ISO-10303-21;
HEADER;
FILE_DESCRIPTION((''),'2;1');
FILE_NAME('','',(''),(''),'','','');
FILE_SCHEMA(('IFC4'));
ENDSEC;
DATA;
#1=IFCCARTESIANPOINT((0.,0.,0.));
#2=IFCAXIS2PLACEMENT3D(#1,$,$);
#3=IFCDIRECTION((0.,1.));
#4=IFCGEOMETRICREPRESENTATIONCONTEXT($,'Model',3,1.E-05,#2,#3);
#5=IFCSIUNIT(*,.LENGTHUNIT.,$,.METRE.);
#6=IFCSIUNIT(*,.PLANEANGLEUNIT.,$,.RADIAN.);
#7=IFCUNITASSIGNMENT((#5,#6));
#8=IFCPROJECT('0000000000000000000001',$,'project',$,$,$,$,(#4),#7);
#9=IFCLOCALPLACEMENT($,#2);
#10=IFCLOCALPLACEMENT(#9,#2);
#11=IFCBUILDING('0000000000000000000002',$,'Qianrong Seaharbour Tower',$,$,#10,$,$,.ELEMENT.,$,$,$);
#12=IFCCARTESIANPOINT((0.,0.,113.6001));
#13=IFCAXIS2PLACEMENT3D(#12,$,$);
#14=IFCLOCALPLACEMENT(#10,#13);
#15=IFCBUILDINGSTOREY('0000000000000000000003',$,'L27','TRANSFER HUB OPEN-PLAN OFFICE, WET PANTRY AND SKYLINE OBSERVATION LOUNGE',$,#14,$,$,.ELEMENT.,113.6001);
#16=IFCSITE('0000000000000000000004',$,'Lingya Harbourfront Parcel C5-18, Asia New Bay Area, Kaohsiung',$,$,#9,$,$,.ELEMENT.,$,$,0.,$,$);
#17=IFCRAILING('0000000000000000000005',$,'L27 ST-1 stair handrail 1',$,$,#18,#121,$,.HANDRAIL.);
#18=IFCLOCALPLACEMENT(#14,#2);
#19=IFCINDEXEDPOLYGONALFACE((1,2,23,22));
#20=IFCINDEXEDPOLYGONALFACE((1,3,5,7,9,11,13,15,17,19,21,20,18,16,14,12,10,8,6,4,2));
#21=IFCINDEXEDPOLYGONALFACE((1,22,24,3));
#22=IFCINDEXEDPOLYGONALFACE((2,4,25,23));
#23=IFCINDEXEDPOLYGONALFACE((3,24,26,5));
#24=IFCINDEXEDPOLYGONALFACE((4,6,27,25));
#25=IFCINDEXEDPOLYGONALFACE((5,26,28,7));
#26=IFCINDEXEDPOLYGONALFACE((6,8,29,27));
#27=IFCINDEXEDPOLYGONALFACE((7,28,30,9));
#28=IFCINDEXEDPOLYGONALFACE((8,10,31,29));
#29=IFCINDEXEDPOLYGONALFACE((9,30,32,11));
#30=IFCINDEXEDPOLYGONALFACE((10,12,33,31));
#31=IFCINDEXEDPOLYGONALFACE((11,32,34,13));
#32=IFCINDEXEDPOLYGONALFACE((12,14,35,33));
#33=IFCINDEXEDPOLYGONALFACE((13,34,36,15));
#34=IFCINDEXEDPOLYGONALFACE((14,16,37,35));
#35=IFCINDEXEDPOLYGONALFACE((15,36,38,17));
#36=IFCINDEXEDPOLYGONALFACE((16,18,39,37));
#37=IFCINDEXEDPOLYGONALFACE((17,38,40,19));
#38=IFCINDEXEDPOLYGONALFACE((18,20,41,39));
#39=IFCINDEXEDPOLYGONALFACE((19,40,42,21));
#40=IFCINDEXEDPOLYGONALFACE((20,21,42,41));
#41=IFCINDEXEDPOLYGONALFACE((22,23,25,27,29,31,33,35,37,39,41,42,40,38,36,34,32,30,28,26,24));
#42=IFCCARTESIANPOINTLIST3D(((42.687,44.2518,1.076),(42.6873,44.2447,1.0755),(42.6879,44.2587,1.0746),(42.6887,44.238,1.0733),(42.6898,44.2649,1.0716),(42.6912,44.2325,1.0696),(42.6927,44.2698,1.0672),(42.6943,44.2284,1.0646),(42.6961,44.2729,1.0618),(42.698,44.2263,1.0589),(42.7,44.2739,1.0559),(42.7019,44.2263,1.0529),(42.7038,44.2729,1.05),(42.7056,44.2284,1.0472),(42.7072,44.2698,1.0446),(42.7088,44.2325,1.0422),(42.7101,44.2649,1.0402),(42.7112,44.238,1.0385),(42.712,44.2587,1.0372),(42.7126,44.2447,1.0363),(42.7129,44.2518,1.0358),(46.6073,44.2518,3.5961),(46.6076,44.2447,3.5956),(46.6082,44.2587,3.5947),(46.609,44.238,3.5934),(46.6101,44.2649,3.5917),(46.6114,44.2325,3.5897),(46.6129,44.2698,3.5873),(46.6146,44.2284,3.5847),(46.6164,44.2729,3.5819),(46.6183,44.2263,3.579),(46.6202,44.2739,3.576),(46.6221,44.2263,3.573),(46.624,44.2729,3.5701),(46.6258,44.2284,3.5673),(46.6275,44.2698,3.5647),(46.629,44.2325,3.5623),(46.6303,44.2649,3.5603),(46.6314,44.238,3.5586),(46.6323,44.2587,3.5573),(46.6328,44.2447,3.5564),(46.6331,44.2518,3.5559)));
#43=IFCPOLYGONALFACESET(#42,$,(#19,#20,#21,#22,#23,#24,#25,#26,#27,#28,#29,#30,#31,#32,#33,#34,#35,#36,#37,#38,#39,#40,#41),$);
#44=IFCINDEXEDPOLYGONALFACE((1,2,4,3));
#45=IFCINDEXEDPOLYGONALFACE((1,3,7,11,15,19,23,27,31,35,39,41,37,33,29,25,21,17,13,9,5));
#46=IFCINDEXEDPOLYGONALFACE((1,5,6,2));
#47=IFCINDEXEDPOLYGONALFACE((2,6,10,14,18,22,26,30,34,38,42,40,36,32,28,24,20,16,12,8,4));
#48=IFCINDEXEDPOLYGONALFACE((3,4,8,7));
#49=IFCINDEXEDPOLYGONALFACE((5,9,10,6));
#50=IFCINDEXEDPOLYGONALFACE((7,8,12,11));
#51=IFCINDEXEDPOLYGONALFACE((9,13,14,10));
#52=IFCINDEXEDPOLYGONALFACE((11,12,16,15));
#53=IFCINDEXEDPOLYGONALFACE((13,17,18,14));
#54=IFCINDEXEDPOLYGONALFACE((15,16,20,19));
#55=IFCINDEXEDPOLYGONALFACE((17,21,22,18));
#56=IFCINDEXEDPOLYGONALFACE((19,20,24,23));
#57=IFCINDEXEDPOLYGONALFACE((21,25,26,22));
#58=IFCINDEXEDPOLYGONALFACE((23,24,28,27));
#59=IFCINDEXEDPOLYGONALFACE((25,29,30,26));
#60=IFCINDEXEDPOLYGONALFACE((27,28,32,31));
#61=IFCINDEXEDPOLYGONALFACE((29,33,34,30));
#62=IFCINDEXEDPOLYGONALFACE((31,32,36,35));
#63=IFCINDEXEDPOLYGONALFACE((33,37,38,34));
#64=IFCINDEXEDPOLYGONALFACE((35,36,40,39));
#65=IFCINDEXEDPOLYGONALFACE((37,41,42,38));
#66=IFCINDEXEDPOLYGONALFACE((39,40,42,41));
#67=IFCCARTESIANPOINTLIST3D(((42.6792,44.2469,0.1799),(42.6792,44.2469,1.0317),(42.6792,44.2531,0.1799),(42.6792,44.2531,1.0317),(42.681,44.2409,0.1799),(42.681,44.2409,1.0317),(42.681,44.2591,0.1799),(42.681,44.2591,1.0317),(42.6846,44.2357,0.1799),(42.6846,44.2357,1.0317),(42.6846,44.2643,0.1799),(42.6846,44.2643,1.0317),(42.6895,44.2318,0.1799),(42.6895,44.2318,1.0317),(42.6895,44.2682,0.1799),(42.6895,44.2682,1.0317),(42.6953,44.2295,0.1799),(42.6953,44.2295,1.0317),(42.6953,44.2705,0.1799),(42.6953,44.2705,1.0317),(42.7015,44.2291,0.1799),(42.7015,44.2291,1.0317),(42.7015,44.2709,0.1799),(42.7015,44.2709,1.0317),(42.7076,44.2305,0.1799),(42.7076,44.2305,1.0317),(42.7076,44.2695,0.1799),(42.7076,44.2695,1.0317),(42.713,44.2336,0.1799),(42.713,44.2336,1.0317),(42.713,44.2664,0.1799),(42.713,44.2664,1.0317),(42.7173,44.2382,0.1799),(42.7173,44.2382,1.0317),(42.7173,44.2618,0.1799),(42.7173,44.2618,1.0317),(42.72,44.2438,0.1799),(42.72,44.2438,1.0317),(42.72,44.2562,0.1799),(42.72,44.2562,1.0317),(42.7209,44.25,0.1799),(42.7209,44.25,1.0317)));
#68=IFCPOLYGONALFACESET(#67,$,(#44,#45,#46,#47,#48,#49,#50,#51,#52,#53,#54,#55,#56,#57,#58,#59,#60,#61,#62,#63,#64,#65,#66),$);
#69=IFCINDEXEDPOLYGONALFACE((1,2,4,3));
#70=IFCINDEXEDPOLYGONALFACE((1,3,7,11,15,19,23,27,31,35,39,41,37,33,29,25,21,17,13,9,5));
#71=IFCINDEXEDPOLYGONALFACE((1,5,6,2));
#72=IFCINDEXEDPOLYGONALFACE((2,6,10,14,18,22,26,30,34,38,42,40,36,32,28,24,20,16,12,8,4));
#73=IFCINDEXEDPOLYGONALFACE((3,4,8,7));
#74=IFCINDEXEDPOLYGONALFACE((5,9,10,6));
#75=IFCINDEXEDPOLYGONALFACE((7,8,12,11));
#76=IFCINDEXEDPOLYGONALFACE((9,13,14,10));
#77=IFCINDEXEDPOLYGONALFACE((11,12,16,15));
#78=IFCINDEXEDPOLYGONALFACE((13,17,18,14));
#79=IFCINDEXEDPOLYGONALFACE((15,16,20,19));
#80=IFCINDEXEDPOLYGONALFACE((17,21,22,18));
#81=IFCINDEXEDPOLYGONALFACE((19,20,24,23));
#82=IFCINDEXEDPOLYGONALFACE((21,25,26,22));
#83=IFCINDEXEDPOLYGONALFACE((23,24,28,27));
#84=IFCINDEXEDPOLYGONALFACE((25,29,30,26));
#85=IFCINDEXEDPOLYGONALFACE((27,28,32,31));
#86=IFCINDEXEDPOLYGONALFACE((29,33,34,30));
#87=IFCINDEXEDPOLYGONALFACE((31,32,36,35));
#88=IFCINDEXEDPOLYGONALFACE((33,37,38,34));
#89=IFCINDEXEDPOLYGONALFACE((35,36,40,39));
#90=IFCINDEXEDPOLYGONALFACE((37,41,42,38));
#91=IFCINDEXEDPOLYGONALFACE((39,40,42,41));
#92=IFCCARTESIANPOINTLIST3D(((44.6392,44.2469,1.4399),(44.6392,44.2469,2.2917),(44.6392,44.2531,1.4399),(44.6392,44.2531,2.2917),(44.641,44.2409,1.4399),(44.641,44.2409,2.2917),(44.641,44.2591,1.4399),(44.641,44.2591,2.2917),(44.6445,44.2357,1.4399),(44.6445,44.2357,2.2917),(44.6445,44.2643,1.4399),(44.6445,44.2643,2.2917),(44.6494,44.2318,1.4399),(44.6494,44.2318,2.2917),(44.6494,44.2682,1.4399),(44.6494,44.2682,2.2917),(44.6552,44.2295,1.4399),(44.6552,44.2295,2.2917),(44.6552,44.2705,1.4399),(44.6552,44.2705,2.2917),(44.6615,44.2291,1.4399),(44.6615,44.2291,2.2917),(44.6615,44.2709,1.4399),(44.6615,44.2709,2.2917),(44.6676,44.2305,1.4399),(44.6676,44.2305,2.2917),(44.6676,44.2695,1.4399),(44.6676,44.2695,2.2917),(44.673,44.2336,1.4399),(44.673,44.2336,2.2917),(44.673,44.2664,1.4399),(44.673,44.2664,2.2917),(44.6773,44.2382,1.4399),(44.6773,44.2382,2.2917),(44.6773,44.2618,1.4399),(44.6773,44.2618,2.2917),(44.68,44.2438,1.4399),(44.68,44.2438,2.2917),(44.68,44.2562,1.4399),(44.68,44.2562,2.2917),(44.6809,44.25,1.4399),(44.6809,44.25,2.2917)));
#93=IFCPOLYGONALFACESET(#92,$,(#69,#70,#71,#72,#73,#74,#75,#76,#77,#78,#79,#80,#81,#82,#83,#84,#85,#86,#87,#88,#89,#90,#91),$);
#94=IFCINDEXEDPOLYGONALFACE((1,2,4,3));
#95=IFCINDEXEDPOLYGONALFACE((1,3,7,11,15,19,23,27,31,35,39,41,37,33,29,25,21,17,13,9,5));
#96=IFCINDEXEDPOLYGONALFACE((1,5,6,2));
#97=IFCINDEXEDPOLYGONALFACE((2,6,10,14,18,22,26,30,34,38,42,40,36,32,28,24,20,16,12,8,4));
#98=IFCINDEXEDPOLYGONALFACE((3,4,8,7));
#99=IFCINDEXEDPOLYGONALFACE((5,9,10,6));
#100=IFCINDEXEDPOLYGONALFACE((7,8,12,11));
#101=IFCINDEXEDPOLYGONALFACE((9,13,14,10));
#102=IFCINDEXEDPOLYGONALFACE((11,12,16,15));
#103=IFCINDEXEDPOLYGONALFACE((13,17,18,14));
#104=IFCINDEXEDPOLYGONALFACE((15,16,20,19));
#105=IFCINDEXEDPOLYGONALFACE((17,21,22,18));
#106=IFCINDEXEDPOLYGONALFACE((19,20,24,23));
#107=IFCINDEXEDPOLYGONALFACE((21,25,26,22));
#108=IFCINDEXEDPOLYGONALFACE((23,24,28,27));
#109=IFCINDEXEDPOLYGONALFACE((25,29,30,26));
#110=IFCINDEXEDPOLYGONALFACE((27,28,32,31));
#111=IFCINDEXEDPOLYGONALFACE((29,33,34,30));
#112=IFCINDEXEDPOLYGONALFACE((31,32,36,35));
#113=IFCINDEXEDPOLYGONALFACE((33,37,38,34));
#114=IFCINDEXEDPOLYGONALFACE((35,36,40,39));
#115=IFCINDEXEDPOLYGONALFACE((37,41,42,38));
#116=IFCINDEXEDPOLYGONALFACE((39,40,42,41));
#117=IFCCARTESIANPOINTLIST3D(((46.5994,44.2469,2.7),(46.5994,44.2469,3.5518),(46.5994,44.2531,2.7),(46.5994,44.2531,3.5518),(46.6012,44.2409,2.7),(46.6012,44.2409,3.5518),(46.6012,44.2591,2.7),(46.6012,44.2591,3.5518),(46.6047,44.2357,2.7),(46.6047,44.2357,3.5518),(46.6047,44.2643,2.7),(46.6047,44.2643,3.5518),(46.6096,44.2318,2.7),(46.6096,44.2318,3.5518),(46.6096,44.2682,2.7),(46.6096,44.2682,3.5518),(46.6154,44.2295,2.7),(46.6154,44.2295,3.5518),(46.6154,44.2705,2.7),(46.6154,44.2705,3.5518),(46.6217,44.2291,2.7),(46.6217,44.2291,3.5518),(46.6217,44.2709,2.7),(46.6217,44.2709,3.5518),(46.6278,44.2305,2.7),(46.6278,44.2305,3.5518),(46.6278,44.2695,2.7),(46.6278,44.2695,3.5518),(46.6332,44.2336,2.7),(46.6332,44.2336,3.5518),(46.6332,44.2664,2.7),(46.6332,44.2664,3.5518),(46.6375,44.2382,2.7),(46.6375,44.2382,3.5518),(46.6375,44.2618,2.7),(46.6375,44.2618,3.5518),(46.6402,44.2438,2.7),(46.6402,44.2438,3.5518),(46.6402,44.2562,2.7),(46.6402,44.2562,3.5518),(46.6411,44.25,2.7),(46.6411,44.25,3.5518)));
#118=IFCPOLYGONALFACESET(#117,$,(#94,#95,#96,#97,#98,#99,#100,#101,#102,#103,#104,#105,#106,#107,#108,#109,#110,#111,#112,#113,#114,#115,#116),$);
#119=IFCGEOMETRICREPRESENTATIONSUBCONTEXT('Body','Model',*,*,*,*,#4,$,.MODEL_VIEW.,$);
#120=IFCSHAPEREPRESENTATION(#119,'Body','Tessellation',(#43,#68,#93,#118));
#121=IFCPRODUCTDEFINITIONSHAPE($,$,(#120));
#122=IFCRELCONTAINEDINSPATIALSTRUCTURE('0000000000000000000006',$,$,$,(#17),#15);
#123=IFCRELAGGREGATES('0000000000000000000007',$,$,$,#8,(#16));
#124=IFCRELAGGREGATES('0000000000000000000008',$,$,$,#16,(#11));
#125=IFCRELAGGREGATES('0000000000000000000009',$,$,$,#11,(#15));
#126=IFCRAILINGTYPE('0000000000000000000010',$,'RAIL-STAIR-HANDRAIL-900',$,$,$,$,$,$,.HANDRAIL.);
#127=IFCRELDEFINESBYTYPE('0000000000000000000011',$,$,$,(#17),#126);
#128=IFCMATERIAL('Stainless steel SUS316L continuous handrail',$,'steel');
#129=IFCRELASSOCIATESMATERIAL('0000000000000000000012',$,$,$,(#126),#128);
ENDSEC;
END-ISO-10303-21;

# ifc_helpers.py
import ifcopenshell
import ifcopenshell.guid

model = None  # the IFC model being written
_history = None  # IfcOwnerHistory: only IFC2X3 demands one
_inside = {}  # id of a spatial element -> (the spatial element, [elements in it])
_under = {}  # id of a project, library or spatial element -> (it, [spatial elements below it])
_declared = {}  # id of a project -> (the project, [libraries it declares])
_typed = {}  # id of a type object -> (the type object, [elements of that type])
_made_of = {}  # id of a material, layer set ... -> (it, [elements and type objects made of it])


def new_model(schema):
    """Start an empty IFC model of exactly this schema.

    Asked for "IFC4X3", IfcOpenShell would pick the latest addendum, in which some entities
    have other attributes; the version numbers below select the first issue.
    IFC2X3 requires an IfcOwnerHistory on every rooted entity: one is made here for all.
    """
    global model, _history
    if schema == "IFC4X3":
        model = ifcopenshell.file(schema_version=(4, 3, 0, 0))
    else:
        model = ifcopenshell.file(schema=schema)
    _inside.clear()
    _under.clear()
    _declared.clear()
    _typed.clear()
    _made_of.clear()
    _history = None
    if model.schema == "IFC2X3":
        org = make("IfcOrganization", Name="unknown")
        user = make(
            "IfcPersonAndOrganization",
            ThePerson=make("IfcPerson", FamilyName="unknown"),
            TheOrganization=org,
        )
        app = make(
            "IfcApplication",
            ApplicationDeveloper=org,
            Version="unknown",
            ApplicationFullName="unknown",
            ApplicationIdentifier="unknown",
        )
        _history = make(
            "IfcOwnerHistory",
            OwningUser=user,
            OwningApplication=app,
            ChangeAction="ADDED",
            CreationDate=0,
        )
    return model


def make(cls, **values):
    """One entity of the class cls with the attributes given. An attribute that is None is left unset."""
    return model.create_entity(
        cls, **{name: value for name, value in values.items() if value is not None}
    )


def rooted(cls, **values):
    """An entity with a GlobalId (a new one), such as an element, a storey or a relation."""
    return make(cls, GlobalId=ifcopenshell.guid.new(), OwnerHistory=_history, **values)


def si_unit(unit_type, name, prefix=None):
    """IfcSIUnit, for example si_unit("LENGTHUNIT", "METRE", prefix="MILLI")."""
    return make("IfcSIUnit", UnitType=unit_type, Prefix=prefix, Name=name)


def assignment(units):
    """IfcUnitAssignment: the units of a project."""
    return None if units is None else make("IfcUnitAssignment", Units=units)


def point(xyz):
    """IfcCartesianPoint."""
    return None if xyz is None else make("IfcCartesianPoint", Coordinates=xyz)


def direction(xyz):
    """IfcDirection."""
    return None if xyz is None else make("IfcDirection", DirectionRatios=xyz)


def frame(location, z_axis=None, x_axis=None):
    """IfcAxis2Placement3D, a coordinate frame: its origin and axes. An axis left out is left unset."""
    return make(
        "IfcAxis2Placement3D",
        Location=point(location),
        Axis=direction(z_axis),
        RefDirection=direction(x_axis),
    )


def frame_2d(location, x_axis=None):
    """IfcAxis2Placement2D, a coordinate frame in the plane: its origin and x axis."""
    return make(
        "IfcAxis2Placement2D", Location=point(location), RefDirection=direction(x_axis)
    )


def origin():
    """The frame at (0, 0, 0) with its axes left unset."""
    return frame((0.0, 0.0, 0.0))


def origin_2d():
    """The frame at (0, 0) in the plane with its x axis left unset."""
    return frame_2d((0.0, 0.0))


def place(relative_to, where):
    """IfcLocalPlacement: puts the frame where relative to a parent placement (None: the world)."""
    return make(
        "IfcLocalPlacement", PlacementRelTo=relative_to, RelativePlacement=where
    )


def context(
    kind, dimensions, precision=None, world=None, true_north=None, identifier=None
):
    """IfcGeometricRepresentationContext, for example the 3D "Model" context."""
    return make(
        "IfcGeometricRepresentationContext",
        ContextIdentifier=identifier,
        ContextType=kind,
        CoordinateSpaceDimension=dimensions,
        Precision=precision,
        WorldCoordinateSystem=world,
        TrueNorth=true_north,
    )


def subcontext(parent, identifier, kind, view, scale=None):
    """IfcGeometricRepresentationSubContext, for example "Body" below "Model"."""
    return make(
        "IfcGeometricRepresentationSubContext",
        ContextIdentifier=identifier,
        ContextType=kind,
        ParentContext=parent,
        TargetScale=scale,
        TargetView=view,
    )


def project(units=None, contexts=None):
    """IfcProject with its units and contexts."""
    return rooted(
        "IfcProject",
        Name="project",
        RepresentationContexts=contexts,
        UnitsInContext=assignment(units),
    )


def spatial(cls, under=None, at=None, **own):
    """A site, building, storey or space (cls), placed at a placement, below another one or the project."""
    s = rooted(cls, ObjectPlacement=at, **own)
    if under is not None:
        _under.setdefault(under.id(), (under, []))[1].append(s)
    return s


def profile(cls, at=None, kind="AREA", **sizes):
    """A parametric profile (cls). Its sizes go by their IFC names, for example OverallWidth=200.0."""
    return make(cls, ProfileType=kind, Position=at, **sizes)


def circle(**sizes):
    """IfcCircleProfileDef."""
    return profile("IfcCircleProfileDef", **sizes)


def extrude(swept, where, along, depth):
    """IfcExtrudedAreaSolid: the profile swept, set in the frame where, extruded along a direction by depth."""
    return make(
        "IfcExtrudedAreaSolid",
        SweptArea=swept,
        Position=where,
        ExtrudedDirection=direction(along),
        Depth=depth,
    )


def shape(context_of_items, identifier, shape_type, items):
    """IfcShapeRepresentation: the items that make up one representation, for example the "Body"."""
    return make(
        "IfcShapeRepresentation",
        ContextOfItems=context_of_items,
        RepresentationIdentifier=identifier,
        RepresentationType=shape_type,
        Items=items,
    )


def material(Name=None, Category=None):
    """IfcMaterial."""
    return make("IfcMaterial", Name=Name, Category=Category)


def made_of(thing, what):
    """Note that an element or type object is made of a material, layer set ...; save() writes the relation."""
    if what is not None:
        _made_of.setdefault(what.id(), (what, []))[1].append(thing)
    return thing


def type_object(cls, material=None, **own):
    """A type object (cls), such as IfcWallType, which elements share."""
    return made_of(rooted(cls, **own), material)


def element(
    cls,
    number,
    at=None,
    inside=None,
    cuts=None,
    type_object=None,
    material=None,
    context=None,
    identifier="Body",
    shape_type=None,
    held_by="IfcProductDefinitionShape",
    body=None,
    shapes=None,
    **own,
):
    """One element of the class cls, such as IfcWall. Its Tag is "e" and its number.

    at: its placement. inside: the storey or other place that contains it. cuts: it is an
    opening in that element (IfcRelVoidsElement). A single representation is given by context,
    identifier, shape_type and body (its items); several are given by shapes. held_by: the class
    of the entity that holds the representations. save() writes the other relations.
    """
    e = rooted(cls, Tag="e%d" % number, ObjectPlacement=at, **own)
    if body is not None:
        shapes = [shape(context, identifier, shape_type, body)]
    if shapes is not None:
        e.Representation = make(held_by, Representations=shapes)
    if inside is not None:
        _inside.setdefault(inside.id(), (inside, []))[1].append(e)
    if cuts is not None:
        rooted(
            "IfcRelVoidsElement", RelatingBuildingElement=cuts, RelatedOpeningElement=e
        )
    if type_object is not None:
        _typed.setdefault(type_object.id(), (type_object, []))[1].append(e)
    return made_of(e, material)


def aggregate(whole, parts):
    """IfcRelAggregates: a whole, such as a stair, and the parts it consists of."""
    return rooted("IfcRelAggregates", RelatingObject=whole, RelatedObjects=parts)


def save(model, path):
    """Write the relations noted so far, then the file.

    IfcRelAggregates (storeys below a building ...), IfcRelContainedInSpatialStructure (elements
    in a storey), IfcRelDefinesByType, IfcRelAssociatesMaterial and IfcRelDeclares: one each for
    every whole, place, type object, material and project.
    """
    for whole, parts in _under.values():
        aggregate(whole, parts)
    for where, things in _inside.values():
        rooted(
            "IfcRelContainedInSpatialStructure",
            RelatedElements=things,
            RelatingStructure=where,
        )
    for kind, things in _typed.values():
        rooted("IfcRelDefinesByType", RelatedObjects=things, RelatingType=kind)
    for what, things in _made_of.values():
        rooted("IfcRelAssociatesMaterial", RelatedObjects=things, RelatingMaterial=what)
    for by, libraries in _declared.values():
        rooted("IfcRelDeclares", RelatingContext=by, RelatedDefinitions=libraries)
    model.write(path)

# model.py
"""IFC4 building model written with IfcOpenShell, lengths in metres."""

from ifc_helpers import new_model, si_unit, direction, frame, origin, origin_2d, place, context, subcontext, project, spatial, circle, extrude, material, type_object, element, save


model = new_model("IFC4")

# Units and contexts
model_context = context("Model", 3, precision=1e-05, world=origin(), true_north=direction((0.0, 1.0)))
body_context = subcontext(model_context, "Body", "Model", "MODEL_VIEW")
ifc_project = project(units=[si_unit("LENGTHUNIT", "METRE"), si_unit("PLANEANGLEUNIT", "RADIAN")], contexts=[model_context])

# Site, building, storey
site_placement = place(None, origin())
site = spatial("IfcSite", under=ifc_project, at=site_placement, Name="Lingya Harbourfront Parcel C5-18, Asia New Bay Area, Kaohsiung", CompositionType="ELEMENT", RefElevation=0.0)
building_placement = place(site_placement, origin())
building = spatial("IfcBuilding", under=site, at=building_placement, Name="Qianrong Seaharbour Tower", CompositionType="ELEMENT")
storey_placement = place(building_placement, frame((0.0, 0.0, 113.6001)))
storey = spatial("IfcBuildingStorey", under=building, at=storey_placement, Name="L27", Description="TRANSFER HUB OPEN-PLAN OFFICE, WET PANTRY AND SKYLINE OBSERVATION LOUNGE", CompositionType="ELEMENT", Elevation=113.6001)

# Railing
ifc_material_1 = material(Name="Stainless steel SUS316L continuous handrail", Category="steel")
railing_type_1 = type_object("IfcRailingType", Name="RAIL-STAIR-HANDRAIL-900", PredefinedType="HANDRAIL", material=ifc_material_1)
railing_1_placement = place(storey_placement, frame((42.7, 44.25, 0.1799)))
element("IfcRailing", 1, at=railing_1_placement, inside=storey, type_object=railing_type_1, Name="L27 ST-1 stair handrail 1", PredefinedType="HANDRAIL", context=body_context, shape_type="SweptSolid", body=[
    extrude(circle(Radius=0.0239, at=origin_2d()), frame((0.0, 0.0, 0.876), z_axis=(0.841187, 0.0, 0.540744), x_axis=(0.0, 1.0, 0.0)), (0.0, 0.0, 1.0), 4.6604),
    extrude(circle(Radius=0.021, at=origin_2d()), origin(), (0.0, 0.0, 1.0), 0.8518),
    extrude(circle(Radius=0.021, at=origin_2d()), frame((1.96, 0.0, 1.26)), (0.0, 0.0, 1.0), 0.8518),
    extrude(circle(Radius=0.021, at=origin_2d()), frame((3.9202, 0.0, 2.52)), (0.0, 0.0, 1.0), 0.8518),
])

save(model, "model.ifc")
